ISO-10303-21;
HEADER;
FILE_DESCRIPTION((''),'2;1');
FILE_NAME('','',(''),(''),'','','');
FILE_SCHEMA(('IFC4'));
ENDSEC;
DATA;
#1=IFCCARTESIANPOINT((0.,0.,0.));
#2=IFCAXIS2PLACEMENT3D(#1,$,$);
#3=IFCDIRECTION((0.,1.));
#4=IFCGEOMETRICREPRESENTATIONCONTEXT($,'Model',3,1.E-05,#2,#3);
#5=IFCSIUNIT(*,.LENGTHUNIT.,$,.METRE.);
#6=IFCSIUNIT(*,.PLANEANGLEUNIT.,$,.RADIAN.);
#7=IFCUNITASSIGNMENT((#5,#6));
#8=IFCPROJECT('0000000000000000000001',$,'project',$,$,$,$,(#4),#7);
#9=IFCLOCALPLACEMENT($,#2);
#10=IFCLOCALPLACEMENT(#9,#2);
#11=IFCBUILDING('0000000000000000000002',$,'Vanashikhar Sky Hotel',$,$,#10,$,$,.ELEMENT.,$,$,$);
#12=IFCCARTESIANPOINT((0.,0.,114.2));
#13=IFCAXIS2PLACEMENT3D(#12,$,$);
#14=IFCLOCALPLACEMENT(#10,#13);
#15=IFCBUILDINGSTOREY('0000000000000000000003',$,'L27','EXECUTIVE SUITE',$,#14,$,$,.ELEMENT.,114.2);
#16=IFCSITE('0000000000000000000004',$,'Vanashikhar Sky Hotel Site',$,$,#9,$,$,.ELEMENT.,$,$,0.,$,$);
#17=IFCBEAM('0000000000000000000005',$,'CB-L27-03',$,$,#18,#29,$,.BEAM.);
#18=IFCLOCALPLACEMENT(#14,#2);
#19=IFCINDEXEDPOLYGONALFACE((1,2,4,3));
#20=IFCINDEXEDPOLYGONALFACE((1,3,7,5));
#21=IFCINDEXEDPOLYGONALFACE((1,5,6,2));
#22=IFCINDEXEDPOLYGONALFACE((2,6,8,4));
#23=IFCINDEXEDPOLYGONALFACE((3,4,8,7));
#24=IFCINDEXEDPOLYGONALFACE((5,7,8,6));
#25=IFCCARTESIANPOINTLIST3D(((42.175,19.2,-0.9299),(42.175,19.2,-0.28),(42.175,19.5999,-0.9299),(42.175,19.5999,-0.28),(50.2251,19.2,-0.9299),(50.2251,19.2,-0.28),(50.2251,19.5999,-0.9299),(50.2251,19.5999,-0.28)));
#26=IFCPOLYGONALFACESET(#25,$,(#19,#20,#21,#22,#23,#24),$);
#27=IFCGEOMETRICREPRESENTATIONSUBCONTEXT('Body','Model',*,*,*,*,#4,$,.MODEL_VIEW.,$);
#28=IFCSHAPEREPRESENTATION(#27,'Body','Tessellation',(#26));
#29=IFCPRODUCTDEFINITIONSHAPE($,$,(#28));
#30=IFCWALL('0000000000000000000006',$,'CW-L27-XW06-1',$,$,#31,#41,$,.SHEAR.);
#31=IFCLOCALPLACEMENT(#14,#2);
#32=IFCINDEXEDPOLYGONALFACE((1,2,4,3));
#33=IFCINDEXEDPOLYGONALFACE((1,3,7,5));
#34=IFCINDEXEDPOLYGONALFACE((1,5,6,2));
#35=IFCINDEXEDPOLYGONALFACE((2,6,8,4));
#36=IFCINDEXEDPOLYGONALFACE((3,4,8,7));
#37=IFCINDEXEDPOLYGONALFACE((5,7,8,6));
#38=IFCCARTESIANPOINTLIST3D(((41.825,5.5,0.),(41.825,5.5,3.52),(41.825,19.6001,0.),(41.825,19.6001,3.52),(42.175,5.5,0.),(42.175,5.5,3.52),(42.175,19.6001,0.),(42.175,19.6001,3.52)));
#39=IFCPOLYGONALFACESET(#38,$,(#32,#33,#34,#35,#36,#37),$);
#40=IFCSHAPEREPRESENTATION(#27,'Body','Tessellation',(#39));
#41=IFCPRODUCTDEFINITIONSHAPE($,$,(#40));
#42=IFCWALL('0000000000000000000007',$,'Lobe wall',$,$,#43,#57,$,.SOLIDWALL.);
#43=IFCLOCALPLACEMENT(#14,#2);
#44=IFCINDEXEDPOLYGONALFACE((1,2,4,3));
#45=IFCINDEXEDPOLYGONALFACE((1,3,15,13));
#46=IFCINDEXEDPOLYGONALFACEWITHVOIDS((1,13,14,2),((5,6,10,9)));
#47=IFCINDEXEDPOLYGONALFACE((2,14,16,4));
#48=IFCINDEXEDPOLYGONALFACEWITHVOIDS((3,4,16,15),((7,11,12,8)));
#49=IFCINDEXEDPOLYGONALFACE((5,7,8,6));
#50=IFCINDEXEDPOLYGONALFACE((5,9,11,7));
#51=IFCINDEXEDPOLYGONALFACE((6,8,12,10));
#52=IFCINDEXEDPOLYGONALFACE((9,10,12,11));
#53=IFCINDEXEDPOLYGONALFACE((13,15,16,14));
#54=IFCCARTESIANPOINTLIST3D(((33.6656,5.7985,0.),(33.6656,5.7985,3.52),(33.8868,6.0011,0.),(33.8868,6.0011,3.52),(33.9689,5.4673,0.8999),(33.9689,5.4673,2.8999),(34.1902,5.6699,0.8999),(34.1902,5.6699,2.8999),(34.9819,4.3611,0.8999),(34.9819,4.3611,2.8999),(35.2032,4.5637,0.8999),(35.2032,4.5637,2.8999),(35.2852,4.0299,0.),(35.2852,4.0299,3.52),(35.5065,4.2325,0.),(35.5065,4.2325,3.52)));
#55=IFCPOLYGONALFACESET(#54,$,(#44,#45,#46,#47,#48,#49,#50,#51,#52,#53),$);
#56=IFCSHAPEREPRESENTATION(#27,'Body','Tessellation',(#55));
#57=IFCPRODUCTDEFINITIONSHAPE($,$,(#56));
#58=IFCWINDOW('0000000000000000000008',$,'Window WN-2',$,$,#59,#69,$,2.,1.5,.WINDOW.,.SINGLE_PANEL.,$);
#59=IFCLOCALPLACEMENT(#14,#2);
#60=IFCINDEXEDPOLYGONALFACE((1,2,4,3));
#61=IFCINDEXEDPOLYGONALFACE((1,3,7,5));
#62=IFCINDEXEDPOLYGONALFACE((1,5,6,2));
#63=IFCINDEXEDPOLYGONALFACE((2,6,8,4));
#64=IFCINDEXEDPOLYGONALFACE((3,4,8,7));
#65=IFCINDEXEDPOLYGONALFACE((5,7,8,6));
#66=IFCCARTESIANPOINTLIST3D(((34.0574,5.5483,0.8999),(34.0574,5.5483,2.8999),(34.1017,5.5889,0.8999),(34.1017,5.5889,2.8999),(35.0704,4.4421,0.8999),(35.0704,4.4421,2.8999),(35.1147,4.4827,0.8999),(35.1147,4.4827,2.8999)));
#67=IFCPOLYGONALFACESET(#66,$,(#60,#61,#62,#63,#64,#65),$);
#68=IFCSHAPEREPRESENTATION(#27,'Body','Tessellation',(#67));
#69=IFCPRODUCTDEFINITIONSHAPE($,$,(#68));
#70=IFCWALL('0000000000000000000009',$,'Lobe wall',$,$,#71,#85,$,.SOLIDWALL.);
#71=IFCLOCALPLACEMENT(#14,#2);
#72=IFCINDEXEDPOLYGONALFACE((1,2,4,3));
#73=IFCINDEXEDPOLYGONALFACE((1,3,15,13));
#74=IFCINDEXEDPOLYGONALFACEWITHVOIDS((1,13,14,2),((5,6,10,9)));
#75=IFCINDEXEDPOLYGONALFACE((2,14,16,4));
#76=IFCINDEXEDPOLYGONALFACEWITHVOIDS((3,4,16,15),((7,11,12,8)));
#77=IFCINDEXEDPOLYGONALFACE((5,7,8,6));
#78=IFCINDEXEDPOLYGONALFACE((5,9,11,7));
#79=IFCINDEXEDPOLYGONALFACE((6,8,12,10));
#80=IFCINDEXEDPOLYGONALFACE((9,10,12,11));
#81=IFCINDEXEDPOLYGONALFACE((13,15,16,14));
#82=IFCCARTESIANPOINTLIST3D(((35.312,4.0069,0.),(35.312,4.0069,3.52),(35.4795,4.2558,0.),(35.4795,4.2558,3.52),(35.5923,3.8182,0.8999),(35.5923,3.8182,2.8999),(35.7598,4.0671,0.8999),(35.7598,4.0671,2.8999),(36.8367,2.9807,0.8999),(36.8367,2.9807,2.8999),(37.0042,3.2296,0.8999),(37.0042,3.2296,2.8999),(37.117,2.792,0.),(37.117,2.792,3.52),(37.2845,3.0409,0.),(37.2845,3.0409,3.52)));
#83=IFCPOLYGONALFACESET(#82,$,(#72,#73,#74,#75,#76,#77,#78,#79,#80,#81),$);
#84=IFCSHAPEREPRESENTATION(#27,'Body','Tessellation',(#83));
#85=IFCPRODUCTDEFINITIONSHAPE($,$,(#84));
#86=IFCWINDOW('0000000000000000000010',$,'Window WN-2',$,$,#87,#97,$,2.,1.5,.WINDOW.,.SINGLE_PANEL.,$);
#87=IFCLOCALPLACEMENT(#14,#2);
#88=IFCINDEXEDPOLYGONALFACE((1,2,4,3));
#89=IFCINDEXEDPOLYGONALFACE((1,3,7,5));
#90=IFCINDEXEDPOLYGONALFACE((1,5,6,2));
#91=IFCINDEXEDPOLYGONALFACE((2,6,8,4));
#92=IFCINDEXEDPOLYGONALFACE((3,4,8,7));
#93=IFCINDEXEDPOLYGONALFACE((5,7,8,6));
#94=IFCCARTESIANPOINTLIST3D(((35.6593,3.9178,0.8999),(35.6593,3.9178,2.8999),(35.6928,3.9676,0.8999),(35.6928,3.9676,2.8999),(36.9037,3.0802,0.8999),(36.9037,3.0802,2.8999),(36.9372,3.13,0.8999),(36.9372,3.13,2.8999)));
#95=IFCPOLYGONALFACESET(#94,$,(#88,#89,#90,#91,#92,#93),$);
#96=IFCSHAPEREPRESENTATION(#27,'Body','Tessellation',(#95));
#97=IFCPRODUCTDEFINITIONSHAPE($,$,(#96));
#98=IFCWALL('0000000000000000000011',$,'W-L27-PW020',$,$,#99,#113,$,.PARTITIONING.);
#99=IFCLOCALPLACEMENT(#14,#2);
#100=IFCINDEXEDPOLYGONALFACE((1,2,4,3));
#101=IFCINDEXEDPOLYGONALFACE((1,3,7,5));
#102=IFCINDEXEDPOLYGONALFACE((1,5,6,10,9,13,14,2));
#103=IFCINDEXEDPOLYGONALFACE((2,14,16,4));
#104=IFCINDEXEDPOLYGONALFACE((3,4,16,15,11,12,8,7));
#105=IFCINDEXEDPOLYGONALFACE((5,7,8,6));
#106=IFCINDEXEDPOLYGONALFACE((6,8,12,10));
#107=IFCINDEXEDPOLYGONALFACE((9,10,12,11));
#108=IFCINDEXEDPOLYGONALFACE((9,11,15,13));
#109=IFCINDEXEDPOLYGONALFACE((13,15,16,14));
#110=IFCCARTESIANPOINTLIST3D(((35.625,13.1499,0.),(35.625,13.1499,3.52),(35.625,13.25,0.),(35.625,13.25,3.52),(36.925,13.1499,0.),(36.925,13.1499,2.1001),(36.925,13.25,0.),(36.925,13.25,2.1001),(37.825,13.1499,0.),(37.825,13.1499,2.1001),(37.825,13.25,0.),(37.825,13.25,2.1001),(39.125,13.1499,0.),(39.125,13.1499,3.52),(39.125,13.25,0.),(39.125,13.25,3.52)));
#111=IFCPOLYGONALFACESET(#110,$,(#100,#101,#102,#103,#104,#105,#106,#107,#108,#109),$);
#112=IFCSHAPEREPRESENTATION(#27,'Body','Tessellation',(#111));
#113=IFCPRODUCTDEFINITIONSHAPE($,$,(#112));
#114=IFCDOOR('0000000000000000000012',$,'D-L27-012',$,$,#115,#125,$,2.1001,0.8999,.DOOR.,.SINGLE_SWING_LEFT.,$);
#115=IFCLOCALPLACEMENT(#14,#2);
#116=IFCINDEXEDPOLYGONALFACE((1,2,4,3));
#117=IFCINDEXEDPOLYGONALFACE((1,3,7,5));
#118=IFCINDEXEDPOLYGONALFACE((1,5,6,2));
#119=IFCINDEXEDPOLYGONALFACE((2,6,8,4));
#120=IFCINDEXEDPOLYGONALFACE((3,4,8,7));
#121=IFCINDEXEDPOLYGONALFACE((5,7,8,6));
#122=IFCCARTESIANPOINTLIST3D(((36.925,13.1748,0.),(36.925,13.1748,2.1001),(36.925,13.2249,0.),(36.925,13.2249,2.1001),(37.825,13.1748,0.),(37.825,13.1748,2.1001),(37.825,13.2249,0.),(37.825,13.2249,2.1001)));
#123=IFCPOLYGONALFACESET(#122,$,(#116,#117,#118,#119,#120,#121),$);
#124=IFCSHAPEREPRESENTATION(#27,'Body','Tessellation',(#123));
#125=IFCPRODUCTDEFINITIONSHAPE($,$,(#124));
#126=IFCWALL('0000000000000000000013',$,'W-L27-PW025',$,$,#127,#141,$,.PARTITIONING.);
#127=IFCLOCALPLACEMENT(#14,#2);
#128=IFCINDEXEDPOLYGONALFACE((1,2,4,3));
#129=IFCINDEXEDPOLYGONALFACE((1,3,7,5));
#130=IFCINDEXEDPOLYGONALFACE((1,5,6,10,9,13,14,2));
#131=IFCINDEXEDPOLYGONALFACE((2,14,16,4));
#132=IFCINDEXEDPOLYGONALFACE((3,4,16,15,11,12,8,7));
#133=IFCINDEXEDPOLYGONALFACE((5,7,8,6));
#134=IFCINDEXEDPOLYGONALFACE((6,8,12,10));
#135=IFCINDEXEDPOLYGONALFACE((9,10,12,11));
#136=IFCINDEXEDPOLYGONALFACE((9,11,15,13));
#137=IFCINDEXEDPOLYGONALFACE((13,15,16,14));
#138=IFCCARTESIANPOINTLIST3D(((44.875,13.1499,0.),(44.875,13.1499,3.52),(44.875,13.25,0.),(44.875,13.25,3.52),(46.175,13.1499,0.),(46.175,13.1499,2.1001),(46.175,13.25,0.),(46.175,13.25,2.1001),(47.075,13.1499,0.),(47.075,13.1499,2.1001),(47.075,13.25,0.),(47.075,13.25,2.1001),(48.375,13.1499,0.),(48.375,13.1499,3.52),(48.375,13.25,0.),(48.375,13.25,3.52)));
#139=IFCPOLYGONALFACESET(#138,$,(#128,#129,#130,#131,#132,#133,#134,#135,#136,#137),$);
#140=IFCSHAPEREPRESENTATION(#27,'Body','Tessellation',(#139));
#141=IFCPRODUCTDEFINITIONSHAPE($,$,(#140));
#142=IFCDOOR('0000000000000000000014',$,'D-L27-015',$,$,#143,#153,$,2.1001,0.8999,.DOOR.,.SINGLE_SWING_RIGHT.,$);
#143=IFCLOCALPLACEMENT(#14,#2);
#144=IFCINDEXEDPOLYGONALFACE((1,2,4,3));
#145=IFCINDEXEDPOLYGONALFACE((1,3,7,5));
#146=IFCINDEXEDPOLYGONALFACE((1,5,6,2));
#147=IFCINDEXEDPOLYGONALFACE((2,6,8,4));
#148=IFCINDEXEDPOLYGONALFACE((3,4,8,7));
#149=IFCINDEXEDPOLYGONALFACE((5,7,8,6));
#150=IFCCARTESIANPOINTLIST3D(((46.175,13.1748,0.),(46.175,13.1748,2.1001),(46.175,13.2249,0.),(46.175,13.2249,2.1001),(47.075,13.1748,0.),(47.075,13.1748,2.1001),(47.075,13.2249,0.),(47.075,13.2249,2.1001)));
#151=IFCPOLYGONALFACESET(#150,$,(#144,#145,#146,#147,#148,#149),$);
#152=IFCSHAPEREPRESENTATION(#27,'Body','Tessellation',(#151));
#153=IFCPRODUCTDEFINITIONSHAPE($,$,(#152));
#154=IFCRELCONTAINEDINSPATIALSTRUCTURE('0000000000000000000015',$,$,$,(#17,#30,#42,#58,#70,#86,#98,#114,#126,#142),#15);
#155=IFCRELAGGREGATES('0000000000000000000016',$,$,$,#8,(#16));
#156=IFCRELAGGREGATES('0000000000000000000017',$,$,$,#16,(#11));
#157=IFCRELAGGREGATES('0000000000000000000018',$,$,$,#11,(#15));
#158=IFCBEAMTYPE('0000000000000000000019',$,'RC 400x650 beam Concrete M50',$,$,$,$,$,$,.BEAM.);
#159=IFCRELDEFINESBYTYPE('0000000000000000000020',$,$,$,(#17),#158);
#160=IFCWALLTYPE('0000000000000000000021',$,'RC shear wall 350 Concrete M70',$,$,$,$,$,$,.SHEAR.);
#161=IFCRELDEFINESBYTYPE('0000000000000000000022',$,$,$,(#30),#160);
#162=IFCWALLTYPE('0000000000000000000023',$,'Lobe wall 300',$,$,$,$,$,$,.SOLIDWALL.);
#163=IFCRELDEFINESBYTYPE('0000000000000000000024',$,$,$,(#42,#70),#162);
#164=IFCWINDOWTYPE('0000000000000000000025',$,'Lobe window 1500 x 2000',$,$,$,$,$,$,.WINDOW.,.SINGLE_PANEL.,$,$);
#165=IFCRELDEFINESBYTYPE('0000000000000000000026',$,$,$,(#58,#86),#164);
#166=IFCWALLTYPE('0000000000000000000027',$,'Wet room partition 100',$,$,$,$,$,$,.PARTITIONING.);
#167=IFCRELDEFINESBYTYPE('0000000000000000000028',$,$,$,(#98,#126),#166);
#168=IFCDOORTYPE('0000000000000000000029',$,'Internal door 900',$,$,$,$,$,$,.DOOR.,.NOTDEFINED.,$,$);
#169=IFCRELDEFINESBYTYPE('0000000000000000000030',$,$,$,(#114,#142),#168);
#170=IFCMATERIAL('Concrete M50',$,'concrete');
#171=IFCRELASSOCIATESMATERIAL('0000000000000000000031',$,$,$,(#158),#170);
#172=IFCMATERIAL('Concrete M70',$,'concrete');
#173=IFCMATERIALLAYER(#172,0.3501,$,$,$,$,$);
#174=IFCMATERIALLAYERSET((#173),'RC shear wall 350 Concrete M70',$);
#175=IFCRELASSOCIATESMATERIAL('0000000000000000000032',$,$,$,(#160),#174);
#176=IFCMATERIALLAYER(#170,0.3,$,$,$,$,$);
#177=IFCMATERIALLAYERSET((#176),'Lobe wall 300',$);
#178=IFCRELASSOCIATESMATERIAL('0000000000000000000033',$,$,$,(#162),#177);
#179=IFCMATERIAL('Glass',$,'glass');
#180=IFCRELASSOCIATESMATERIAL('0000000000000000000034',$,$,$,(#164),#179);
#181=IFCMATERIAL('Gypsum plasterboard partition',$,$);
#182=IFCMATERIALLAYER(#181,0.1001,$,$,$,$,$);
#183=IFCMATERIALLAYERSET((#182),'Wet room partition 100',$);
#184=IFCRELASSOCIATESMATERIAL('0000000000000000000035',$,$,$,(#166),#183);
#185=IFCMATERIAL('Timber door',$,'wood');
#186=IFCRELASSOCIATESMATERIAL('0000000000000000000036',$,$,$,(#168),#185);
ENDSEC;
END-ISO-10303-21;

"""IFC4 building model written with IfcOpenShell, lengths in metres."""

from ifc_helpers import new_model, si_unit, direction, frame, frame_2d, origin, origin_2d, place, context, subcontext, project, spatial, rectangle, extrude, source, transform, mapped, material, layer, layer_set, material_profile, profile_set, type_object, element, fill, save


model = new_model("IFC4")

# Units and contexts
model_context = context("Model", 3, precision=1e-05, world=origin(), true_north=direction((0.0, 1.0)))
body_context = subcontext(model_context, "Body", "Model", "MODEL_VIEW")
ifc_project = project(units=[si_unit("LENGTHUNIT", "METRE"), si_unit("PLANEANGLEUNIT", "RADIAN")], contexts=[model_context])

# Site, building, storey
site_placement = place(None, origin())
site = spatial("IfcSite", under=ifc_project, at=site_placement, Name="Vanashikhar Sky Hotel Site", CompositionType="ELEMENT", RefElevation=0.0)
building_placement = place(site_placement, origin())
building = spatial("IfcBuilding", under=site, at=building_placement, Name="Vanashikhar Sky Hotel", CompositionType="ELEMENT")
storey_placement = place(building_placement, frame((0.0, 0.0, 114.2)))
storey = spatial("IfcBuildingStorey", under=building, at=storey_placement, Name="L27", Description="EXECUTIVE SUITE", CompositionType="ELEMENT", Elevation=114.2)

# Beam
ifc_material_1 = material(Name="Concrete M50", Category="concrete")
ifc_material_profile = material_profile(ifc_material_1, rectangle(XDim=0.3999, YDim=0.6499, at=origin_2d()))
ifc_profile_set = profile_set([ifc_material_profile], Name="RC 400x650 beam Concrete M50")
beam_type = type_object("IfcBeamType", Name="RC 400x650 beam Concrete M50", PredefinedType="BEAM", material=ifc_profile_set)
shared_shape_1 = source(origin(), body_context, "Body", "SweptSolid", [
    extrude(rectangle(XDim=0.3999, YDim=0.6499, at=origin_2d()), origin(), (0.0, 0.0, 1.0), 8.05),
])
beam_placement = place(storey_placement, frame((42.175, 19.3999, -0.605), z_axis=(1.0, 0.0, 0.0), x_axis=(0.0, 1.0, 0.0)))
element("IfcBeam", 1, at=beam_placement, inside=storey, type_object=beam_type, Name="CB-L27-03", PredefinedType="BEAM", context=body_context, shape_type="MappedRepresentation", body=[
    mapped(shared_shape_1, transform((0.0, 0.0, 0.0), scale=1.0)),
])

# Wall
ifc_material_2 = material(Name="Concrete M70", Category="concrete")
ifc_layer_1 = layer(ifc_material_2, 0.3501)
ifc_layer_set_1 = layer_set([ifc_layer_1], Name="RC shear wall 350 Concrete M70")
wall_type_1 = type_object("IfcWallType", Name="RC shear wall 350 Concrete M70", PredefinedType="SHEAR", material=ifc_layer_set_1)
shared_shape_2 = source(origin(), body_context, "Body", "SweptSolid", [
    extrude(rectangle(XDim=14.1001, YDim=0.3501, at=frame_2d((7.05, 0.0))), origin(), (0.0, 0.0, 1.0), 3.52),
])
wall_1_placement = place(storey_placement, frame((42.0, 5.5, 0.0), z_axis=(0.0, 0.0, 1.0), x_axis=(0.0, 1.0, 0.0)))
element("IfcWall", 2, at=wall_1_placement, inside=storey, type_object=wall_type_1, Name="CW-L27-XW06-1", PredefinedType="SHEAR", context=body_context, shape_type="MappedRepresentation", body=[
    mapped(shared_shape_2, transform((0.0, 0.0, 0.0), scale=1.0)),
])

# Walls, openings, windows
ifc_layer_2 = layer(ifc_material_1, 0.3)
ifc_layer_set_2 = layer_set([ifc_layer_2], Name="Lobe wall 300")
wall_type_2 = type_object("IfcWallType", Name="Lobe wall 300", PredefinedType="SOLIDWALL", material=ifc_layer_set_2)
shared_shape_3 = source(origin(), body_context, "Body", "SweptSolid", [
    extrude(rectangle(XDim=2.3982, YDim=0.3, at=frame_2d((1.1992, 0.0))), origin(), (0.0, 0.0, 1.0), 3.52),
])
wall_2_placement = place(storey_placement, frame((33.7761, 5.8999, 0.0), z_axis=(0.0, 0.0, 1.0), x_axis=(0.675374, -0.737475, 0.0)))
wall_2 = element("IfcWall", 3, at=wall_2_placement, inside=storey, type_object=wall_type_2, Name="Lobe wall", PredefinedType="SOLIDWALL", context=body_context, shape_type="MappedRepresentation", body=[
    mapped(shared_shape_3, transform((0.0, 0.0, 0.0), scale=1.0)),
])
shared_shape_4 = source(origin(), body_context, "Body", "SweptSolid", [
    extrude(rectangle(XDim=1.5, YDim=2.0, at=frame_2d((0.75, 1.0))), frame((0.0, 0.1602, 0.0), z_axis=(0.0, -1.0, 0.0), x_axis=(1.0, 0.0, 0.0)), (0.0, 0.0, 1.0), 0.3201),
])
opening_1_placement = place(wall_2_placement, frame((0.4492, 0.0, 0.8999)))
opening_1 = element("IfcOpeningElement", 4, at=opening_1_placement, cuts=wall_2, PredefinedType="OPENING", context=body_context, shape_type="MappedRepresentation", body=[
    mapped(shared_shape_4, transform((0.0, 0.0, 0.0), scale=1.0)),
])
ifc_material_3 = material(Name="Glass", Category="glass")
window_type = type_object("IfcWindowType", Name="Lobe window 1500 x 2000", PartitioningType="SINGLE_PANEL", PredefinedType="WINDOW", material=ifc_material_3)
shared_shape_5 = source(origin(), body_context, "Body", "SweptSolid", [
    extrude(rectangle(XDim=1.5, YDim=2.0, at=frame_2d((0.75, 1.0))), frame((0.0, 0.03, 0.0), z_axis=(0.0, -1.0, 0.0), x_axis=(1.0, 0.0, 0.0)), (0.0, 0.0, 1.0), 0.0601),
])
window_1_placement = place(opening_1_placement, origin())
window_1 = element("IfcWindow", 5, at=window_1_placement, inside=storey, type_object=window_type, Name="Window WN-2", OverallHeight=2.0, OverallWidth=1.5, PartitioningType="SINGLE_PANEL", PredefinedType="WINDOW", context=body_context, shape_type="MappedRepresentation", body=[
    mapped(shared_shape_5, transform((0.0, 0.0, 0.0), scale=1.0)),
])
fill(opening_1, window_1)
shared_shape_6 = source(origin(), body_context, "Body", "SweptSolid", [
    extrude(rectangle(XDim=2.1758, YDim=0.3, at=frame_2d((1.0879, 0.0))), origin(), (0.0, 0.0, 1.0), 3.52),
])
wall_3_placement = place(storey_placement, frame((35.3958, 4.1313, 0.0), z_axis=(0.0, 0.0, 1.0), x_axis=(0.829591, -0.558372, 0.0)))
wall_3 = element("IfcWall", 6, at=wall_3_placement, inside=storey, type_object=wall_type_2, Name="Lobe wall", PredefinedType="SOLIDWALL", context=body_context, shape_type="MappedRepresentation", body=[
    mapped(shared_shape_6, transform((0.0, 0.0, 0.0), scale=1.0)),
])
opening_2_placement = place(wall_3_placement, frame((0.3379, 0.0, 0.8999)))
opening_2 = element("IfcOpeningElement", 7, at=opening_2_placement, cuts=wall_3, PredefinedType="OPENING", context=body_context, shape_type="MappedRepresentation", body=[
    mapped(shared_shape_4, transform((0.0, 0.0, 0.0), scale=1.0)),
])
window_2_placement = place(opening_2_placement, origin())
window_2 = element("IfcWindow", 8, at=window_2_placement, inside=storey, type_object=window_type, Name="Window WN-2", OverallHeight=2.0, OverallWidth=1.5, PartitioningType="SINGLE_PANEL", PredefinedType="WINDOW", context=body_context, shape_type="MappedRepresentation", body=[
    mapped(shared_shape_5, transform((0.0, 0.0, 0.0), scale=1.0)),
])
fill(opening_2, window_2)

# Walls, openings, doors
ifc_material_4 = material(Name="Gypsum plasterboard partition")
ifc_layer_3 = layer(ifc_material_4, 0.1001)
ifc_layer_set_3 = layer_set([ifc_layer_3], Name="Wet room partition 100")
wall_type_3 = type_object("IfcWallType", Name="Wet room partition 100", PredefinedType="PARTITIONING", material=ifc_layer_set_3)
shared_shape_7 = source(origin(), body_context, "Body", "SweptSolid", [
    extrude(rectangle(XDim=3.5, YDim=0.1001, at=frame_2d((1.75, 0.0))), origin(), (0.0, 0.0, 1.0), 3.52),
])
wall_4_placement = place(storey_placement, frame((35.625, 13.2, 0.0), z_axis=(0.0, 0.0, 1.0), x_axis=(1.0, 0.0, 0.0)))
wall_4 = element("IfcWall", 9, at=wall_4_placement, inside=storey, type_object=wall_type_3, Name="W-L27-PW020", PredefinedType="PARTITIONING", context=body_context, shape_type="MappedRepresentation", body=[
    mapped(shared_shape_7, transform((0.0, 0.0, 0.0), scale=1.0)),
])
shared_shape_8 = source(origin(), body_context, "Body", "SweptSolid", [
    extrude(rectangle(XDim=0.8999, YDim=2.1001, at=frame_2d((0.45, 1.05))), frame((0.0, 0.0601, 0.0), z_axis=(0.0, -1.0, 0.0), x_axis=(1.0, 0.0, 0.0)), (0.0, 0.0, 1.0), 0.1201),
])
opening_3_placement = place(wall_4_placement, frame((1.3, 0.0, 0.0)))
opening_3 = element("IfcOpeningElement", 10, at=opening_3_placement, cuts=wall_4, PredefinedType="OPENING", context=body_context, shape_type="MappedRepresentation", body=[
    mapped(shared_shape_8, transform((0.0, 0.0, 0.0), scale=1.0)),
])
ifc_material_5 = material(Name="Timber door", Category="wood")
door_type_1 = type_object("IfcDoorType", Name="Internal door 900", OperationType="NOTDEFINED", PredefinedType="DOOR", material=ifc_material_5)
shared_shape_9 = source(origin(), body_context, "Body", "SweptSolid", [
    extrude(rectangle(XDim=0.8999, YDim=2.1001, at=frame_2d((0.45, 1.05))), frame((0.0, 0.0249, 0.0), z_axis=(0.0, -1.0, 0.0), x_axis=(1.0, 0.0, 0.0)), (0.0, 0.0, 1.0), 0.05),
])
door_1_placement = place(opening_3_placement, origin())
door_1 = element("IfcDoor", 11, at=door_1_placement, inside=storey, type_object=door_type_1, Name="D-L27-012", OperationType="SINGLE_SWING_LEFT", OverallHeight=2.1001, OverallWidth=0.8999, PredefinedType="DOOR", context=body_context, shape_type="MappedRepresentation", body=[
    mapped(shared_shape_9, transform((0.0, 0.0, 0.0), scale=1.0)),
])
fill(opening_3, door_1)
wall_5_placement = place(storey_placement, frame((44.875, 13.2, 0.0), z_axis=(0.0, 0.0, 1.0), x_axis=(1.0, 0.0, 0.0)))
wall_5 = element("IfcWall", 12, at=wall_5_placement, inside=storey, type_object=wall_type_3, Name="W-L27-PW025", PredefinedType="PARTITIONING", context=body_context, shape_type="MappedRepresentation", body=[
    mapped(shared_shape_7, transform((0.0, 0.0, 0.0), scale=1.0)),
])
opening_4_placement = place(wall_5_placement, frame((1.3, 0.0, 0.0)))
opening_4 = element("IfcOpeningElement", 13, at=opening_4_placement, cuts=wall_5, PredefinedType="OPENING", context=body_context, shape_type="MappedRepresentation", body=[
    mapped(shared_shape_8, transform((0.0, 0.0, 0.0), scale=1.0)),
])
door_2_placement = place(opening_4_placement, origin())
door_2 = element("IfcDoor", 14, at=door_2_placement, inside=storey, type_object=door_type_1, Name="D-L27-015", OperationType="SINGLE_SWING_RIGHT", OverallHeight=2.1001, OverallWidth=0.8999, PredefinedType="DOOR", context=body_context, shape_type="MappedRepresentation", body=[
    mapped(shared_shape_9, transform((0.0, 0.0, 0.0), scale=1.0)),
])
fill(opening_4, door_2)

save(model, "model.ifc")
